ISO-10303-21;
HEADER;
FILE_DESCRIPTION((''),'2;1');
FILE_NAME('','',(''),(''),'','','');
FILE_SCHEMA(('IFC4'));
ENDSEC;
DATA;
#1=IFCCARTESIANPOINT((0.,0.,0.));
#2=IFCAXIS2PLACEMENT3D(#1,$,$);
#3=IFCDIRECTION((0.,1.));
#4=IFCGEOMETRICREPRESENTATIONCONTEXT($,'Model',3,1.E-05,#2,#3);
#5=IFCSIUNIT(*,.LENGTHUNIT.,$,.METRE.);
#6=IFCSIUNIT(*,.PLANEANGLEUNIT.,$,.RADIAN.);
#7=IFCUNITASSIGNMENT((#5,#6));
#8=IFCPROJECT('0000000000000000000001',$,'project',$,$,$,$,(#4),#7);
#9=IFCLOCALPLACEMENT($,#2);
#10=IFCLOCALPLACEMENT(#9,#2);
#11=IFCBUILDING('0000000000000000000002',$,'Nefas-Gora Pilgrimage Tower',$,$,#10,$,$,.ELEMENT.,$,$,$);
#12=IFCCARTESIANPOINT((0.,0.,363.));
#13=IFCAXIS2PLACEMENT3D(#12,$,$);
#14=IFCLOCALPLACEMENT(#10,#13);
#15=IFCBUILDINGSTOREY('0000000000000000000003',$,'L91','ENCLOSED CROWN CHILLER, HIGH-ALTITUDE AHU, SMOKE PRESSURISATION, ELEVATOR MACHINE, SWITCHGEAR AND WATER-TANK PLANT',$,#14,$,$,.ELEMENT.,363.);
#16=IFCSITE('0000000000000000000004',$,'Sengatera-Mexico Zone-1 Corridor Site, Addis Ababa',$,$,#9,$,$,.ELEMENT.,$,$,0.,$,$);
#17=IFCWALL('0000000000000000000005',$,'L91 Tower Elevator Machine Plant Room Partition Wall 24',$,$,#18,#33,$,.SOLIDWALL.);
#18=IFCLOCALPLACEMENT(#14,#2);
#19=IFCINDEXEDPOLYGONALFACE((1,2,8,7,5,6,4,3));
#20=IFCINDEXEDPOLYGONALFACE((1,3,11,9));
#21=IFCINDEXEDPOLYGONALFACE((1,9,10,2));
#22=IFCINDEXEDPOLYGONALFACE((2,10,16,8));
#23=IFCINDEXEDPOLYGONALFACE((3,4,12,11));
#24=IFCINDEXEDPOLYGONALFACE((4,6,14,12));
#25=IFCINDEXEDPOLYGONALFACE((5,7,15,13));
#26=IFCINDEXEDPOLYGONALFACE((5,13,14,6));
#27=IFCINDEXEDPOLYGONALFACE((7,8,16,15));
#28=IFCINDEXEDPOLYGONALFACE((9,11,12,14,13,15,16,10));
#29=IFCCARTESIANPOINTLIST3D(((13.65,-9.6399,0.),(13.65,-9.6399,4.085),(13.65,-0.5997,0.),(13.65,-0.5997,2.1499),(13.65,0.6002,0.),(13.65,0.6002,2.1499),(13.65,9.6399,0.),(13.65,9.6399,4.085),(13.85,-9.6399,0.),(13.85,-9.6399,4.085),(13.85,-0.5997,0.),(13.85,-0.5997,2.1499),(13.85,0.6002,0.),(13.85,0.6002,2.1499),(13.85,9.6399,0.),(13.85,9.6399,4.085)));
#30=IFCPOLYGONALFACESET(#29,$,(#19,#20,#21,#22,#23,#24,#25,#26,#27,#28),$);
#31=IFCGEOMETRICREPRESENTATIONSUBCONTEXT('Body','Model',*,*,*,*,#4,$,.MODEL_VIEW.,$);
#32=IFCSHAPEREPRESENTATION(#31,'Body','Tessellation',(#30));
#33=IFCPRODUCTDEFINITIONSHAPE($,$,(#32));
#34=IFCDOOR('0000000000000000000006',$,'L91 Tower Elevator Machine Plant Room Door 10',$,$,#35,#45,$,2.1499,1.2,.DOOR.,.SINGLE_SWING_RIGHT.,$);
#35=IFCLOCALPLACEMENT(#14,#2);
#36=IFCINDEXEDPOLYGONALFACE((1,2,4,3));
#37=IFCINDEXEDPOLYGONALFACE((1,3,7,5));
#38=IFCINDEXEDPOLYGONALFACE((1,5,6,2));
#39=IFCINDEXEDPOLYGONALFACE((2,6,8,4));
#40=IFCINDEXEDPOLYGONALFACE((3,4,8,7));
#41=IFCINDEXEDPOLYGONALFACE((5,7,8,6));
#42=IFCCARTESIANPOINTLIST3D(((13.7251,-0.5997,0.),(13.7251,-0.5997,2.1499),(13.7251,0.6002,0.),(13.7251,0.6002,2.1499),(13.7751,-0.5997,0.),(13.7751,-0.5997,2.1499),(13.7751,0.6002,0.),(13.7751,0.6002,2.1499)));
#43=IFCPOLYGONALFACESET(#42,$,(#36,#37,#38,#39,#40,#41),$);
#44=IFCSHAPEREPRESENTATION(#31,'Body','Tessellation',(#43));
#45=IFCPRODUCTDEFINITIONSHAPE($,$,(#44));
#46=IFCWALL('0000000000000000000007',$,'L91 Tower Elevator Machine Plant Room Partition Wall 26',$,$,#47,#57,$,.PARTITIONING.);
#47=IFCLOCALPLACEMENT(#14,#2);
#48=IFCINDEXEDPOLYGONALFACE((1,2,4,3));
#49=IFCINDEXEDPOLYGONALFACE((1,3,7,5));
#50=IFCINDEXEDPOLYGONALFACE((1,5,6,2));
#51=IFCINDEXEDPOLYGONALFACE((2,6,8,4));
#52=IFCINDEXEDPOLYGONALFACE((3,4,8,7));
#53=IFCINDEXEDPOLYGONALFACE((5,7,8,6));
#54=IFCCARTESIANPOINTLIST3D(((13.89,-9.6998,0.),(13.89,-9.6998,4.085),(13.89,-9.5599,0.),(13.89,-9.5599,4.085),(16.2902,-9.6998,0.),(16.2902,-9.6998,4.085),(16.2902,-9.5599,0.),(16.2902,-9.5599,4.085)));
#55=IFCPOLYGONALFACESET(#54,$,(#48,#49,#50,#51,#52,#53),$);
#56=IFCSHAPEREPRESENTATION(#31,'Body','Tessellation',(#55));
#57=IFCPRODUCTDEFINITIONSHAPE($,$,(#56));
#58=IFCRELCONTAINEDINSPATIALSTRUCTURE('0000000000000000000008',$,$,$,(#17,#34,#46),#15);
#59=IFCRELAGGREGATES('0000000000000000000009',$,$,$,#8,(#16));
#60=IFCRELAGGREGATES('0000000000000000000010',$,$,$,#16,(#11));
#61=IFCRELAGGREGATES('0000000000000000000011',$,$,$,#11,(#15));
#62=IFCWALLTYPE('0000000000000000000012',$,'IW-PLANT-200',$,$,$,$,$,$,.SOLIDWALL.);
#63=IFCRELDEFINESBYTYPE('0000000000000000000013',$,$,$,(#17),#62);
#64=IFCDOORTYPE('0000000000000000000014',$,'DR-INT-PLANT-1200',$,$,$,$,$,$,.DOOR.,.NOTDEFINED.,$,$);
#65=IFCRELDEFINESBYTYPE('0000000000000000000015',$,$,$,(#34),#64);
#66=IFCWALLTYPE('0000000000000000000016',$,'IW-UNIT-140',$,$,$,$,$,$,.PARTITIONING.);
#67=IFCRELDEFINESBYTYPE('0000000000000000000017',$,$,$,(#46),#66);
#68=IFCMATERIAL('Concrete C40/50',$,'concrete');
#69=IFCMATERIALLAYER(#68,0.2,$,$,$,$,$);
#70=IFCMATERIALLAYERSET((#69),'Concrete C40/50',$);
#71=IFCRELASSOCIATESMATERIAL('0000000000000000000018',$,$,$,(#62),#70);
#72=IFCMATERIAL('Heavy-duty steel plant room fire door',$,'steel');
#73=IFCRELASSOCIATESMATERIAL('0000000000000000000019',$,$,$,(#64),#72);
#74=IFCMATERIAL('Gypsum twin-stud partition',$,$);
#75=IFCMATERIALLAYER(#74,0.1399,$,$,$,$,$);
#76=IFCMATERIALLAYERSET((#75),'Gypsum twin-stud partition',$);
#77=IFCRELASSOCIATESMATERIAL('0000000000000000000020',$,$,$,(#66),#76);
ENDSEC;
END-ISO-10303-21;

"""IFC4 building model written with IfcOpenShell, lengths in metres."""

from ifc_helpers import new_model, si_unit, direction, frame, frame_2d, origin, place, context, subcontext, project, spatial, rectangle, extrude, source, transform, mapped, material, layer, layer_set, type_object, element, fill, save


model = new_model("IFC4")

# Units and contexts
model_context = context("Model", 3, precision=1e-05, world=origin(), true_north=direction((0.0, 1.0)))
body_context = subcontext(model_context, "Body", "Model", "MODEL_VIEW")
ifc_project = project(units=[si_unit("LENGTHUNIT", "METRE"), si_unit("PLANEANGLEUNIT", "RADIAN")], contexts=[model_context])

# Site, building, storey
site_placement = place(None, origin())
site = spatial("IfcSite", under=ifc_project, at=site_placement, Name="Sengatera-Mexico Zone-1 Corridor Site, Addis Ababa", CompositionType="ELEMENT", RefElevation=0.0)
building_placement = place(site_placement, origin())
building = spatial("IfcBuilding", under=site, at=building_placement, Name="Nefas-Gora Pilgrimage Tower", CompositionType="ELEMENT")
storey_placement = place(building_placement, frame((0.0, 0.0, 363.0)))
storey = spatial("IfcBuildingStorey", under=building, at=storey_placement, Name="L91", Description="ENCLOSED CROWN CHILLER, HIGH-ALTITUDE AHU, SMOKE PRESSURISATION, ELEVATOR MACHINE, SWITCHGEAR AND WATER-TANK PLANT", CompositionType="ELEMENT", Elevation=363.0)

# Shared definitions
ifc_material_1 = material(Name="Concrete C40/50", Category="concrete")

# Wall, opening, door
ifc_layer_1 = layer(ifc_material_1, 0.2)
ifc_layer_set_1 = layer_set([ifc_layer_1], Name="Concrete C40/50")
wall_type_1 = type_object("IfcWallType", Name="IW-PLANT-200", PredefinedType="SOLIDWALL", material=ifc_layer_set_1)
shared_shape_1 = source(origin(), body_context, "Body", "SweptSolid", [
    extrude(rectangle(XDim=19.2798, YDim=0.2, at=frame_2d((9.6399, 0.0))), origin(), (0.0, 0.0, 1.0), 4.085),
])
wall_1_placement = place(storey_placement, frame((13.75, -9.6399, 0.0), z_axis=(0.0, 0.0, 1.0), x_axis=(0.0, 1.0, 0.0)))
wall_1 = element("IfcWall", 1, at=wall_1_placement, inside=storey, type_object=wall_type_1, Name="L91 Tower Elevator Machine Plant Room Partition Wall 24", PredefinedType="SOLIDWALL", context=body_context, shape_type="MappedRepresentation", body=[
    mapped(shared_shape_1, transform((0.0, 0.0, 0.0), x_axis=(1.0, 0.0, 0.0), y_axis=(0.0, 1.0, 0.0), z_axis=(0.0, 0.0, 1.0), scale=1.0)),
])
opening_placement = place(wall_1_placement, frame((9.04, 0.0, 0.0)))
opening = element("IfcOpeningElement", 2, at=opening_placement, cuts=wall_1, PredefinedType="OPENING", context=body_context, shape_type="SweptSolid", body=[
    extrude(rectangle(XDim=1.2, YDim=2.1499, at=frame_2d((0.6001, 1.075))), frame((0.0, 0.1099, 0.0), z_axis=(0.0, -1.0, 0.0), x_axis=(1.0, 0.0, 0.0)), (0.0, 0.0, 1.0), 0.22),
])
ifc_material_2 = material(Name="Heavy-duty steel plant room fire door", Category="steel")
door_type = type_object("IfcDoorType", Name="DR-INT-PLANT-1200", OperationType="NOTDEFINED", PredefinedType="DOOR", material=ifc_material_2)
shared_shape_2 = source(origin(), body_context, "Body", "SweptSolid", [
    extrude(rectangle(XDim=1.2, YDim=2.1499, at=frame_2d((0.6001, 1.075))), frame((0.0, 0.0249, 0.0), z_axis=(0.0, -1.0, 0.0), x_axis=(1.0, 0.0, 0.0)), (0.0, 0.0, 1.0), 0.05),
])
door_placement = place(opening_placement, origin())
door = element("IfcDoor", 3, at=door_placement, inside=storey, type_object=door_type, Name="L91 Tower Elevator Machine Plant Room Door 10", OperationType="SINGLE_SWING_RIGHT", OverallHeight=2.1499, OverallWidth=1.2, PredefinedType="DOOR", context=body_context, shape_type="MappedRepresentation", body=[
    mapped(shared_shape_2, transform((0.0, 0.0, 0.0), x_axis=(1.0, 0.0, 0.0), y_axis=(0.0, 1.0, 0.0), z_axis=(0.0, 0.0, 1.0), scale=1.0)),
])
fill(opening, door)

# Wall
ifc_material_3 = material(Name="Gypsum twin-stud partition")
ifc_layer_2 = layer(ifc_material_3, 0.1399)
ifc_layer_set_2 = layer_set([ifc_layer_2], Name="Gypsum twin-stud partition")
wall_type_2 = type_object("IfcWallType", Name="IW-UNIT-140", PredefinedType="PARTITIONING", material=ifc_layer_set_2)
shared_shape_3 = source(origin(), body_context, "Body", "SweptSolid", [
    extrude(rectangle(XDim=2.4001, YDim=0.1399, at=frame_2d((1.2002, 0.0))), origin(), (0.0, 0.0, 1.0), 4.085),
])
wall_2_placement = place(storey_placement, frame((13.8899, -9.6299, 0.0), z_axis=(0.0, 0.0, 1.0), x_axis=(1.0, 0.0, 0.0)))
element("IfcWall", 4, at=wall_2_placement, inside=storey, type_object=wall_type_2, Name="L91 Tower Elevator Machine Plant Room Partition Wall 26", PredefinedType="PARTITIONING", context=body_context, shape_type="MappedRepresentation", body=[
    mapped(shared_shape_3, transform((0.0, 0.0, 0.0), x_axis=(1.0, 0.0, 0.0), y_axis=(0.0, 1.0, 0.0), z_axis=(0.0, 0.0, 1.0), scale=1.0)),
])

save(model, "model.ifc")
